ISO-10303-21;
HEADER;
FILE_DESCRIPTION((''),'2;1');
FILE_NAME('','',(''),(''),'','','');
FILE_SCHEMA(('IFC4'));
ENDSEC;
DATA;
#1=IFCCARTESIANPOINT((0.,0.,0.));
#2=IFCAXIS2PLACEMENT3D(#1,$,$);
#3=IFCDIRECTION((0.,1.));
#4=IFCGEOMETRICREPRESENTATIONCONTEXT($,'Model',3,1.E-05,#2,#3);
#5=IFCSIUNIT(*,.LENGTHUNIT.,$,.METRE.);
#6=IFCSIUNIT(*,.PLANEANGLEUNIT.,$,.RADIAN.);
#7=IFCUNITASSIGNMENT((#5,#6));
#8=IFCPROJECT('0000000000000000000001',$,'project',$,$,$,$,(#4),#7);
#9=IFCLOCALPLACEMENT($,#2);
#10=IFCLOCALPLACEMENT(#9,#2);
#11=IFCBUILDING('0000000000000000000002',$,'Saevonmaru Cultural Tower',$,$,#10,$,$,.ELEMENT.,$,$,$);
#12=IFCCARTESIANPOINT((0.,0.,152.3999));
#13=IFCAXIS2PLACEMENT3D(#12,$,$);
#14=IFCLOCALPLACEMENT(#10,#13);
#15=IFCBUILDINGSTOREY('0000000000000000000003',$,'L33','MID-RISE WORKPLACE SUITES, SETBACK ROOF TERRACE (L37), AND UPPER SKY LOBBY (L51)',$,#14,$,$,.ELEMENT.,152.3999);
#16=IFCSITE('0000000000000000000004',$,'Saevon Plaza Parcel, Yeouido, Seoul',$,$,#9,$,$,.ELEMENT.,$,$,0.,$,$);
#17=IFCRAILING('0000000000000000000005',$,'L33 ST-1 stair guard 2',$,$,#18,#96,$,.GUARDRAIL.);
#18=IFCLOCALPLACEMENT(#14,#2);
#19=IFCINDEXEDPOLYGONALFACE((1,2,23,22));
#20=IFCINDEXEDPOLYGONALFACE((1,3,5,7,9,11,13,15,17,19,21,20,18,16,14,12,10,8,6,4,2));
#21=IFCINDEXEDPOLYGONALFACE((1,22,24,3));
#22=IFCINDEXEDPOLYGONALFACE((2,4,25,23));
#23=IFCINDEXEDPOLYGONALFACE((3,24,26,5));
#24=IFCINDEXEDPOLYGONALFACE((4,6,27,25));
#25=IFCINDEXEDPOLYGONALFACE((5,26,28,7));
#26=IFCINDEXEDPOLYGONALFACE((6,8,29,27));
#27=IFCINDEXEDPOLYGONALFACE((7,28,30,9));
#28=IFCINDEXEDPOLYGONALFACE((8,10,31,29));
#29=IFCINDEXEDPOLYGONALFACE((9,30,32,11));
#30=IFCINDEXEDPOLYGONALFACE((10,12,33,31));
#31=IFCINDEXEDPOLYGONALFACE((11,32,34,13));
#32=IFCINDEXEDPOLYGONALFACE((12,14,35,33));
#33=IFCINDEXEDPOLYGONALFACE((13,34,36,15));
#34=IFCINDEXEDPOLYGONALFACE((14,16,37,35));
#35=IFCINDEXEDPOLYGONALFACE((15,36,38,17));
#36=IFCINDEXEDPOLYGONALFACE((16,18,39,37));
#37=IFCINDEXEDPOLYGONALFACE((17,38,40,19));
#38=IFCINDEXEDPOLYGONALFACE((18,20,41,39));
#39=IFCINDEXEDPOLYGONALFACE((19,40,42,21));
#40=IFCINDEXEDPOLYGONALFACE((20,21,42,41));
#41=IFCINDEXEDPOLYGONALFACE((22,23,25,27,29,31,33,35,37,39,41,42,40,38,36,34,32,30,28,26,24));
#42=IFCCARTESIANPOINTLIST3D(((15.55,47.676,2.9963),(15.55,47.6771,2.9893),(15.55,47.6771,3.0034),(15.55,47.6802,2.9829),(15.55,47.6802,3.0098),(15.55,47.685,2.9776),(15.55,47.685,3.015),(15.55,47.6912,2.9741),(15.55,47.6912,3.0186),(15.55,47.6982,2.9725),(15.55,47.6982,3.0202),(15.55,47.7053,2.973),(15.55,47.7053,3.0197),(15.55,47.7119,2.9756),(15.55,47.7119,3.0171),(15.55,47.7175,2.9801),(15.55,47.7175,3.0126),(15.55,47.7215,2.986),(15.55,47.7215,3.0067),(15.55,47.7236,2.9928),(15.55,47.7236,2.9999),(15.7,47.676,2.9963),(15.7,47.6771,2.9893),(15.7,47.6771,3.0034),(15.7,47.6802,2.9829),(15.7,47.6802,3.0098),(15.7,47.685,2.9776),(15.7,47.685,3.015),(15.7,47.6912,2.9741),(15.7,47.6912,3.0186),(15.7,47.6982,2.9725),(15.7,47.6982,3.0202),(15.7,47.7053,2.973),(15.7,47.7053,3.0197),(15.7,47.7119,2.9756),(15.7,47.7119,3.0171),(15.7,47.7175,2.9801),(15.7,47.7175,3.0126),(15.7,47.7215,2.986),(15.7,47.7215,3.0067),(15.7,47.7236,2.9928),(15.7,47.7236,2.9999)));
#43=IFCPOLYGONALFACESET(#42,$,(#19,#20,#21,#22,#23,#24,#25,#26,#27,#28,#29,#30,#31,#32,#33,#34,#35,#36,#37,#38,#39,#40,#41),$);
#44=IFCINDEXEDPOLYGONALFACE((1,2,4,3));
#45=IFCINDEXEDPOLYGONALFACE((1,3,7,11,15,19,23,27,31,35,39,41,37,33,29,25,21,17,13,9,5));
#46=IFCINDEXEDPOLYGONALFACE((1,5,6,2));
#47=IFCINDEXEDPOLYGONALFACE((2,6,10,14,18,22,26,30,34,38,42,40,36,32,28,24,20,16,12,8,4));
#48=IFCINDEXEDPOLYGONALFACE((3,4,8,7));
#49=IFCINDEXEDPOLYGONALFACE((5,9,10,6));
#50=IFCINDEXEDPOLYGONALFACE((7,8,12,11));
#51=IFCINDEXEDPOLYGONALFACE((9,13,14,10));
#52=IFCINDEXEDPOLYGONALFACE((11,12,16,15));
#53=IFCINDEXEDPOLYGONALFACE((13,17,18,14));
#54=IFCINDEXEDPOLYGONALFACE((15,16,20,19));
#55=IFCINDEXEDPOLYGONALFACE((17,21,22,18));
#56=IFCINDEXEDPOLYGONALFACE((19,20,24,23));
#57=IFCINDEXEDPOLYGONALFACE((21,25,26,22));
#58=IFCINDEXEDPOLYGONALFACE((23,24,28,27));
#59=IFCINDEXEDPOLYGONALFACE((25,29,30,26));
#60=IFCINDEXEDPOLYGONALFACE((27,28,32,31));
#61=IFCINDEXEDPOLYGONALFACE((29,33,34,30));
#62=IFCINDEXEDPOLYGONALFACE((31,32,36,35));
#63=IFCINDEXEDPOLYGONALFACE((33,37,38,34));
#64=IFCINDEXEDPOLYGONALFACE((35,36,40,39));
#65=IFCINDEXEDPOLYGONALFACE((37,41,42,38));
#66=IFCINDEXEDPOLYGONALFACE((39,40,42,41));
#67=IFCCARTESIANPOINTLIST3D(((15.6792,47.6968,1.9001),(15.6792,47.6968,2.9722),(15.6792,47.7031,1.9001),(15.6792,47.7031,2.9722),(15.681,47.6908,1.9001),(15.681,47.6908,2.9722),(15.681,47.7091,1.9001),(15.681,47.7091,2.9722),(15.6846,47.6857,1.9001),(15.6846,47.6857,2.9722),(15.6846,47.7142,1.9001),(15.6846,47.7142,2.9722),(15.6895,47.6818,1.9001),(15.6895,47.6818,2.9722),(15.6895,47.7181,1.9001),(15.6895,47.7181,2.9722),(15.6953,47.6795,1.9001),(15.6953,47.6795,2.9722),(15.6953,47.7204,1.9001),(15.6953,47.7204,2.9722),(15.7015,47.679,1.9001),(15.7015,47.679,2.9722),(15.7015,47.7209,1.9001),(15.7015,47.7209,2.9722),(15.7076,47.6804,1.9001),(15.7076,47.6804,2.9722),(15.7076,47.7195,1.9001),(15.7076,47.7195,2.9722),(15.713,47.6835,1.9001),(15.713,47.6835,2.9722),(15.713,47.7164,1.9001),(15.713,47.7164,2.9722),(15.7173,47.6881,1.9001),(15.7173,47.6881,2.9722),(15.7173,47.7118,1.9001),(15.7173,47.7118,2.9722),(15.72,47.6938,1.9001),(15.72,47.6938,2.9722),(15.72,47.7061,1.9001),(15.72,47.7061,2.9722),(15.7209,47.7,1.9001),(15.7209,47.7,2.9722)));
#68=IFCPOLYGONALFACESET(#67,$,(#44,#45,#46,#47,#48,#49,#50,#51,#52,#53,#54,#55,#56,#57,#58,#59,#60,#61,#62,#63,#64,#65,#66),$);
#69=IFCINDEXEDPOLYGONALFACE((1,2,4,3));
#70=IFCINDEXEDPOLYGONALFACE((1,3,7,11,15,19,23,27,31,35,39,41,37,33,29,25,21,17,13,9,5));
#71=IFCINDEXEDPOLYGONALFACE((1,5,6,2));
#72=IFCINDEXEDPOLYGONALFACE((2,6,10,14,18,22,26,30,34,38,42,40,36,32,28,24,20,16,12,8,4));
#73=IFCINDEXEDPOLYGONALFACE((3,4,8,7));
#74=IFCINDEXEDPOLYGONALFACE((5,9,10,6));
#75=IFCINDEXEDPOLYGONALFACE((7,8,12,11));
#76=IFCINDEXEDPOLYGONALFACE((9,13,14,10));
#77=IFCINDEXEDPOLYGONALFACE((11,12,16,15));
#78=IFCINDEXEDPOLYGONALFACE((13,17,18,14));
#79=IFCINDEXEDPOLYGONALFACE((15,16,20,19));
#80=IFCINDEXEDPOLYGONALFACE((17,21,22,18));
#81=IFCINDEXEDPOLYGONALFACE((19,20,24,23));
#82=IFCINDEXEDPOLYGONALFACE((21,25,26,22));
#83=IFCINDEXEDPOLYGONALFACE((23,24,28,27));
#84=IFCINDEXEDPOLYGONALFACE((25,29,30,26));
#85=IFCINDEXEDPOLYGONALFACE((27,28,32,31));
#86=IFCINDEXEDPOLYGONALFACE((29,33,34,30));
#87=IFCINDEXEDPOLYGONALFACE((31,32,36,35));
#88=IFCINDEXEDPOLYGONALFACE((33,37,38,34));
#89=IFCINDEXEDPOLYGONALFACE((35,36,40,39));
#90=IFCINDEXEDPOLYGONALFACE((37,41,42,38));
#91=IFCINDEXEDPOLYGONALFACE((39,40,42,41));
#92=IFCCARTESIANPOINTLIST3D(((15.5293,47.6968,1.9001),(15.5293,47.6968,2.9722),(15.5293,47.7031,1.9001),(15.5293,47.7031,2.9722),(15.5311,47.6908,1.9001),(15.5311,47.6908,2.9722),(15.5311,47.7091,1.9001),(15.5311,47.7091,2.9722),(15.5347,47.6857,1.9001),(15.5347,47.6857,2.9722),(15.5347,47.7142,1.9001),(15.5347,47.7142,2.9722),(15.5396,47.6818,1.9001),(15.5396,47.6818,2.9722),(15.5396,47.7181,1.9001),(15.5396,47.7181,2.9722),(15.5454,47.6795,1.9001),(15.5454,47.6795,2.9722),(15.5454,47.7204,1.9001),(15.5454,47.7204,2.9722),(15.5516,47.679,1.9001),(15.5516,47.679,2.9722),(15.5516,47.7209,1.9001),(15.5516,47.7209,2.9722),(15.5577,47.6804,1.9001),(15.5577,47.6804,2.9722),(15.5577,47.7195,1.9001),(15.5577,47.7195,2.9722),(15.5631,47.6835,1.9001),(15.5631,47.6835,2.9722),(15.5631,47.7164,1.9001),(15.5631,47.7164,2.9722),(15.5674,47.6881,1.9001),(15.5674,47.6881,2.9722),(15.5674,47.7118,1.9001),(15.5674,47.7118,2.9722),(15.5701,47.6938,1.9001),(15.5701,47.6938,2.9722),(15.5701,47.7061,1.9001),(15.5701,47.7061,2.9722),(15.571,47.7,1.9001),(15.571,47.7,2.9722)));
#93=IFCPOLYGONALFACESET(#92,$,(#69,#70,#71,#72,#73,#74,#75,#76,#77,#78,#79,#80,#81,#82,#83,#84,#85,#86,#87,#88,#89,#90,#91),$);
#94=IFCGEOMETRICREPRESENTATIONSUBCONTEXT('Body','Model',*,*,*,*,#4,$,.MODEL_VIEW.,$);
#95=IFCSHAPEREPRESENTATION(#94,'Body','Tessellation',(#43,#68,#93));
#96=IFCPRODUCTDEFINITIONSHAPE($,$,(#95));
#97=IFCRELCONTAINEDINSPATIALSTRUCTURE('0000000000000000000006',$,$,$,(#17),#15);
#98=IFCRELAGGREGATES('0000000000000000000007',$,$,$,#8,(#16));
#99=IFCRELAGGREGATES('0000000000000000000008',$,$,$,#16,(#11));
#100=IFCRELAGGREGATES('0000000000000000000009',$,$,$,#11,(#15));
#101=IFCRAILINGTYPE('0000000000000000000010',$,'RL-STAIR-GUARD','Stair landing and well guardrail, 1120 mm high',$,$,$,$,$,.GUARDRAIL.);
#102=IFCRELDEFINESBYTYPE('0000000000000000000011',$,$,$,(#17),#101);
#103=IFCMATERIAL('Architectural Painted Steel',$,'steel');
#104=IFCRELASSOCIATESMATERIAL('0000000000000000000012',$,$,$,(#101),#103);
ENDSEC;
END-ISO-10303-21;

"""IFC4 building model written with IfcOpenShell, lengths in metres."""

from ifc_helpers import new_model, si_unit, direction, frame, origin, origin_2d, place, context, subcontext, project, spatial, circle, extrude, material, type_object, element, save


model = new_model("IFC4")

# Units and contexts
model_context = context("Model", 3, precision=1e-05, world=origin(), true_north=direction((0.0, 1.0)))
body_context = subcontext(model_context, "Body", "Model", "MODEL_VIEW")
ifc_project = project(units=[si_unit("LENGTHUNIT", "METRE"), si_unit("PLANEANGLEUNIT", "RADIAN")], contexts=[model_context])

# Site, building, storey
site_placement = place(None, origin())
site = spatial("IfcSite", under=ifc_project, at=site_placement, Name="Saevon Plaza Parcel, Yeouido, Seoul", CompositionType="ELEMENT", RefElevation=0.0)
building_placement = place(site_placement, origin())
building = spatial("IfcBuilding", under=site, at=building_placement, Name="Saevonmaru Cultural Tower", CompositionType="ELEMENT")
storey_placement = place(building_placement, frame((0.0, 0.0, 152.3999)))
storey = spatial("IfcBuildingStorey", under=building, at=storey_placement, Name="L33", Description="MID-RISE WORKPLACE SUITES, SETBACK ROOF TERRACE (L37), AND UPPER SKY LOBBY (L51)", CompositionType="ELEMENT", Elevation=152.3999)

# Railing
ifc_material_1 = material(Name="Architectural Painted Steel", Category="steel")
railing_type_1 = type_object("IfcRailingType", Name="RL-STAIR-GUARD", Description="Stair landing and well guardrail, 1120 mm high", PredefinedType="GUARDRAIL", material=ifc_material_1)
railing_1_placement = place(storey_placement, frame((15.7, 47.7, 1.9001)))
element("IfcRailing", 1, at=railing_1_placement, inside=storey, type_object=railing_type_1, Name="L33 ST-1 stair guard 2", PredefinedType="GUARDRAIL", context=body_context, shape_type="SweptSolid", body=[
    extrude(circle(Radius=0.0239, at=origin_2d()), frame((0.0, 0.0, 1.0962), z_axis=(-1.0, 0.0, 0.0), x_axis=(0.0, -1.0, 0.0)), (0.0, 0.0, 1.0), 0.1499),
    extrude(circle(Radius=0.021, at=origin_2d()), origin(), (0.0, 0.0, 1.0), 1.072),
    extrude(circle(Radius=0.021, at=origin_2d()), frame((-0.1499, 0.0, 0.0)), (0.0, 0.0, 1.0), 1.072),
])

save(model, "model.ifc")
